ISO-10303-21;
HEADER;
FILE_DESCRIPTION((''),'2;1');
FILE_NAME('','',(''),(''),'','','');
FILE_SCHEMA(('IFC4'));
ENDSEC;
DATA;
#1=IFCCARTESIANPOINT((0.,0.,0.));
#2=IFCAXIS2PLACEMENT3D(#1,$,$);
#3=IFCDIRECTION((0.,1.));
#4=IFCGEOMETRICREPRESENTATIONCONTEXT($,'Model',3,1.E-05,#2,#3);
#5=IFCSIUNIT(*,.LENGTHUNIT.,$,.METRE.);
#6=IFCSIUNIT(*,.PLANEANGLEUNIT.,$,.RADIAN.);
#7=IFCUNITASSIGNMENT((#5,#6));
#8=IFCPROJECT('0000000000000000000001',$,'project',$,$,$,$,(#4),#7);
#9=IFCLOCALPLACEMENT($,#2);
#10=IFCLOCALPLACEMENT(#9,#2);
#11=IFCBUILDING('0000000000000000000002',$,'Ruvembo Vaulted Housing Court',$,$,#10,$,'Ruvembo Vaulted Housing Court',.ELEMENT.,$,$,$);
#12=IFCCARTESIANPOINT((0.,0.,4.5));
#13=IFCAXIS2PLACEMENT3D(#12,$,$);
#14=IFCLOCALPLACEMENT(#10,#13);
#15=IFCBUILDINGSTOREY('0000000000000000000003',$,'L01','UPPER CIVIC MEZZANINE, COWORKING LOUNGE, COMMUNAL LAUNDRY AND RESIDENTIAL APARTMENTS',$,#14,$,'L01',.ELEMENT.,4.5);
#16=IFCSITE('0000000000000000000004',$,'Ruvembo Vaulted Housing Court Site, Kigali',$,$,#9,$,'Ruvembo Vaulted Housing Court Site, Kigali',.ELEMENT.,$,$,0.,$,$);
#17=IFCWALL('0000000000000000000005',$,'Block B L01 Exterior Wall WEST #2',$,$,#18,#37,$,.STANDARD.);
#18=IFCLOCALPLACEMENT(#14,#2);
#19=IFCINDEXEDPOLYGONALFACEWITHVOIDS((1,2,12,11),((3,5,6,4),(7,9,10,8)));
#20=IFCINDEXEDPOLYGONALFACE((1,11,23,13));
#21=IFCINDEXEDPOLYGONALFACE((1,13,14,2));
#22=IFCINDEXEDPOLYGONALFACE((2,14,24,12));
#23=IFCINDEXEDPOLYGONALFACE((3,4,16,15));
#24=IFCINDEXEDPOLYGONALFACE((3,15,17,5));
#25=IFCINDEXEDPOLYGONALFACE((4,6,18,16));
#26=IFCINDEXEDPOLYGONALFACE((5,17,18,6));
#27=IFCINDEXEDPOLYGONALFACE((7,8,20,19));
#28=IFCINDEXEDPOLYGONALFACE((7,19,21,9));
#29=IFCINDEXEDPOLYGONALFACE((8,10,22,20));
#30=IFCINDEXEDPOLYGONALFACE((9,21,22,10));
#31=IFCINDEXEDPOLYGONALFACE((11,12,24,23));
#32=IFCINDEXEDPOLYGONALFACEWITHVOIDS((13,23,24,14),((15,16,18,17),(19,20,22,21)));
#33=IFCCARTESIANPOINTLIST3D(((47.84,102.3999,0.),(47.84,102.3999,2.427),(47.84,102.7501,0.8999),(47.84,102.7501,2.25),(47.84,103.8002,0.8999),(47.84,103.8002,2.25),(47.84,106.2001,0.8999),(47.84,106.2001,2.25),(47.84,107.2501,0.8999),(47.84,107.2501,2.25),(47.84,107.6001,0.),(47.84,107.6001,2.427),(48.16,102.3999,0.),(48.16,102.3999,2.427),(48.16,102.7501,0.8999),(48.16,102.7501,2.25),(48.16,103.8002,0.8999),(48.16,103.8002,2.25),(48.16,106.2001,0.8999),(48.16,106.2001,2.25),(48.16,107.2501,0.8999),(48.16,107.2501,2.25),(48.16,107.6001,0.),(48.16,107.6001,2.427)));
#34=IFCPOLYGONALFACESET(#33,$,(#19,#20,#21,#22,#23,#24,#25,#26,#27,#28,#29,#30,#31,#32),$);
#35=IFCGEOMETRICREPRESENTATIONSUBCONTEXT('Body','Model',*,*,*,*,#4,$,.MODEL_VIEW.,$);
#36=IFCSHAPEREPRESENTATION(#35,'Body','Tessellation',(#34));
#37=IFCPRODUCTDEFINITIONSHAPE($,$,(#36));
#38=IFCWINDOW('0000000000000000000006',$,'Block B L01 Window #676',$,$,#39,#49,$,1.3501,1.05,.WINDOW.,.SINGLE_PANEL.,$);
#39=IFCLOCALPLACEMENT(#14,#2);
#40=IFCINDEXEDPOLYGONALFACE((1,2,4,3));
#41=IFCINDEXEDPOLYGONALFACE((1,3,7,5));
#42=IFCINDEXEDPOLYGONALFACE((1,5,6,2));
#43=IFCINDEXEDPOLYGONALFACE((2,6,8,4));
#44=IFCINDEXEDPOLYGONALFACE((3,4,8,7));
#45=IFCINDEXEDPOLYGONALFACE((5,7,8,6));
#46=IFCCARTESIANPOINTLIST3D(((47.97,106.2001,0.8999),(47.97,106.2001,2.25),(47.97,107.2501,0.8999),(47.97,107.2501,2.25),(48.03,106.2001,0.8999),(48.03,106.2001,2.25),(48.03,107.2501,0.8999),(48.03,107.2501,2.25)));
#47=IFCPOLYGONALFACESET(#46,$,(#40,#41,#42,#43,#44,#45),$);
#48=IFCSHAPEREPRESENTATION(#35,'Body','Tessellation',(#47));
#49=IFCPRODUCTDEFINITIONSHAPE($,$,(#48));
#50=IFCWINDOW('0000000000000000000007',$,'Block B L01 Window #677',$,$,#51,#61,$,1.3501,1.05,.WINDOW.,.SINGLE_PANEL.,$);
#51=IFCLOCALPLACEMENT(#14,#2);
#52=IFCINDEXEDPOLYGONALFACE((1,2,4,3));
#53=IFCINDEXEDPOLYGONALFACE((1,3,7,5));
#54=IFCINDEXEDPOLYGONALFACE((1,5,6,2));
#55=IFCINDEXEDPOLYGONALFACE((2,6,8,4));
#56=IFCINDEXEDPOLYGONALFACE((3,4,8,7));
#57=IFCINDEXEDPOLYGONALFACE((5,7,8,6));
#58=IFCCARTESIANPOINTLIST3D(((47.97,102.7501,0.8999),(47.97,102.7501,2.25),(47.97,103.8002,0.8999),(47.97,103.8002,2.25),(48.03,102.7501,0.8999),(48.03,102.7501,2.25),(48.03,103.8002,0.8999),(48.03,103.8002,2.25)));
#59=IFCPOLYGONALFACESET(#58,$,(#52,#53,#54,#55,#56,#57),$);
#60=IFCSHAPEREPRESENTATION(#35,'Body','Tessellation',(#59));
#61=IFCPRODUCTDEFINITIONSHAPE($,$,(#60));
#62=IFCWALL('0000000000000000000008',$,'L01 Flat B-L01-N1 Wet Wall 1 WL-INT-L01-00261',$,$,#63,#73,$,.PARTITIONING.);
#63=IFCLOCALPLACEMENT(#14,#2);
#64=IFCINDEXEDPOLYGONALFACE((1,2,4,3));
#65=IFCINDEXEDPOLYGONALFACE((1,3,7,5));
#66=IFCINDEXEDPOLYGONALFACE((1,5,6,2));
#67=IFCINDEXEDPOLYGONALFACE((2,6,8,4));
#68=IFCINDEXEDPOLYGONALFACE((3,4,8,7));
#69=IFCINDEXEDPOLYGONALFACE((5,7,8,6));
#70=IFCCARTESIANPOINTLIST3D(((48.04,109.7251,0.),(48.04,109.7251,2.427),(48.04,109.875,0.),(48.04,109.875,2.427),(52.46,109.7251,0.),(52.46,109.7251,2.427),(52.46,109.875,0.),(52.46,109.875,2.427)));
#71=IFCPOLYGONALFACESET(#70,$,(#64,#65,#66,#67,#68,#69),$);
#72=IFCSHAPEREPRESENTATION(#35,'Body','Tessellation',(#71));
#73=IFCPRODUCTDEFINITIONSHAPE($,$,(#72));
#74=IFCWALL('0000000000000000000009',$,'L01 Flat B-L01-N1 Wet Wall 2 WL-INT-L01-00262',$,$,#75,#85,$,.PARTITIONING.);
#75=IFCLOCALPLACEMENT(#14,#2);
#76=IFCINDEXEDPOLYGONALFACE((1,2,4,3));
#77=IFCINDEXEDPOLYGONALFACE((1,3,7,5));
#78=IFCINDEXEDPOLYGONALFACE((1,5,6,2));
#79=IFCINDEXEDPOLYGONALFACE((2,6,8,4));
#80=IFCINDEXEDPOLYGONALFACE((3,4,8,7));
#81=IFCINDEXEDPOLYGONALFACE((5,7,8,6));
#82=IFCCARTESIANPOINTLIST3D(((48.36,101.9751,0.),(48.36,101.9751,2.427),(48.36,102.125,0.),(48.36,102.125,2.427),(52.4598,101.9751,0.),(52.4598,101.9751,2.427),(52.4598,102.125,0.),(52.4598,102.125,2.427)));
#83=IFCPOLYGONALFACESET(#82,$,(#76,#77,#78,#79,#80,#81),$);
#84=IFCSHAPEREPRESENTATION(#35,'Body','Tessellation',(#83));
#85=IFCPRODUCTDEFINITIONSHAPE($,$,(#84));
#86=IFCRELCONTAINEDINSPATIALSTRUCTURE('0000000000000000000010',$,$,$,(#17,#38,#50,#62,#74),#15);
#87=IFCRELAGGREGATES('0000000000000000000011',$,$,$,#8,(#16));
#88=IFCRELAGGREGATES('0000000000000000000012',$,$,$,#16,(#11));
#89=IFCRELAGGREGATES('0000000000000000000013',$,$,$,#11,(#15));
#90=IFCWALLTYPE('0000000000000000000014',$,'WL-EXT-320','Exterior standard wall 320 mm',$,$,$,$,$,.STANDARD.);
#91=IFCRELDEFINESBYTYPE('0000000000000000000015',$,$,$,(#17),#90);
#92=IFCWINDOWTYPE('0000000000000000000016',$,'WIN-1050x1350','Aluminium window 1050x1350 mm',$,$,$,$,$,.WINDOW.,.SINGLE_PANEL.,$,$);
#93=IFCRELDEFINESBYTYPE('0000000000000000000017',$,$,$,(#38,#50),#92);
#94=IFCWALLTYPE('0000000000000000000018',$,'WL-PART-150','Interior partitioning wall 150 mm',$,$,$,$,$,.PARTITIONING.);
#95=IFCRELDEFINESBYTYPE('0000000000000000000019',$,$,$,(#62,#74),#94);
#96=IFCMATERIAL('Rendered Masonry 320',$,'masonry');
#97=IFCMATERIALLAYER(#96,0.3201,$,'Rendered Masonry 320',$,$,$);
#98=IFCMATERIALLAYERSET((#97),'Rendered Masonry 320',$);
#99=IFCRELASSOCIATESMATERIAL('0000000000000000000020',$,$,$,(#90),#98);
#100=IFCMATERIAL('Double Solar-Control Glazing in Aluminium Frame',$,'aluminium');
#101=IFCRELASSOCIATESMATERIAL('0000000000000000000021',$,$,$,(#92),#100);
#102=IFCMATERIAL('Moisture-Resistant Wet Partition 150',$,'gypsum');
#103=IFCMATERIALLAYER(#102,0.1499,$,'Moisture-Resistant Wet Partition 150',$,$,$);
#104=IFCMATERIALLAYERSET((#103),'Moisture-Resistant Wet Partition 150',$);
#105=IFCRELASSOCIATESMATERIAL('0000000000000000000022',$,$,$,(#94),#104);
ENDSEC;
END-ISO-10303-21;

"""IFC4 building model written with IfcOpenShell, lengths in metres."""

from ifc_helpers import new_model, si_unit, direction, frame, frame_2d, origin, place, context, subcontext, project, spatial, rectangle, extrude, material, layer, layer_set, type_object, element, fill, save


model = new_model("IFC4")

# Units and contexts
model_context = context("Model", 3, precision=1e-05, world=origin(), true_north=direction((0.0, 1.0)))
body_context = subcontext(model_context, "Body", "Model", "MODEL_VIEW")
ifc_project = project(units=[si_unit("LENGTHUNIT", "METRE"), si_unit("PLANEANGLEUNIT", "RADIAN")], contexts=[model_context])

# Site, building, storey
site_placement = place(None, origin())
site = spatial("IfcSite", under=ifc_project, at=site_placement, Name="Ruvembo Vaulted Housing Court Site, Kigali", LongName="Ruvembo Vaulted Housing Court Site, Kigali", CompositionType="ELEMENT", RefElevation=0.0)
building_placement = place(site_placement, origin())
building = spatial("IfcBuilding", under=site, at=building_placement, Name="Ruvembo Vaulted Housing Court", LongName="Ruvembo Vaulted Housing Court", CompositionType="ELEMENT")
storey_placement = place(building_placement, frame((0.0, 0.0, 4.5)))
storey = spatial("IfcBuildingStorey", under=building, at=storey_placement, Name="L01", Description="UPPER CIVIC MEZZANINE, COWORKING LOUNGE, COMMUNAL LAUNDRY AND RESIDENTIAL APARTMENTS", LongName="L01", CompositionType="ELEMENT", Elevation=4.5)

# Wall, openings, windows
ifc_material_1 = material(Name="Rendered Masonry 320", Category="masonry")
ifc_layer_1 = layer(ifc_material_1, 0.3201, Name="Rendered Masonry 320")
ifc_layer_set_1 = layer_set([ifc_layer_1], Name="Rendered Masonry 320")
wall_type_1 = type_object("IfcWallType", Name="WL-EXT-320", Description="Exterior standard wall 320 mm", PredefinedType="STANDARD", material=ifc_layer_set_1)
ifc_material_2 = material(Name="Double Solar-Control Glazing in Aluminium Frame", Category="aluminium")
wall_1_placement = place(storey_placement, frame((48.0, 107.6001, 0.0), z_axis=(0.0, 0.0, 1.0), x_axis=(0.0, -1.0, 0.0)))
wall_1 = element("IfcWall", 1, at=wall_1_placement, inside=storey, type_object=wall_type_1, Name="Block B L01 Exterior Wall WEST #2", PredefinedType="STANDARD", context=body_context, shape_type="SweptSolid", body=[
    extrude(rectangle(XDim=5.2002, YDim=0.3201, at=frame_2d((2.6001, 0.0))), origin(), (0.0, 0.0, 1.0), 2.427),
])
opening_1_placement = place(wall_1_placement, frame((0.3501, 0.0, 0.8999)))
opening_1 = element("IfcOpeningElement", 2, at=opening_1_placement, cuts=wall_1, PredefinedType="OPENING", context=body_context, shape_type="SweptSolid", body=[
    extrude(rectangle(XDim=1.05, YDim=1.3501, at=frame_2d((0.5249, 0.675))), frame((0.0, 0.1699, 0.0), z_axis=(0.0, -1.0, 0.0), x_axis=(1.0, 0.0, 0.0)), (0.0, 0.0, 1.0), 0.3401),
])
opening_2_placement = place(wall_1_placement, frame((3.8, 0.0, 0.8999)))
opening_2 = element("IfcOpeningElement", 3, at=opening_2_placement, cuts=wall_1, PredefinedType="OPENING", context=body_context, shape_type="SweptSolid", body=[
    extrude(rectangle(XDim=1.05, YDim=1.3501, at=frame_2d((0.5249, 0.675))), frame((0.0, 0.1699, 0.0), z_axis=(0.0, -1.0, 0.0), x_axis=(1.0, 0.0, 0.0)), (0.0, 0.0, 1.0), 0.3401),
])
window_type_1 = type_object("IfcWindowType", Name="WIN-1050x1350", Description="Aluminium window 1050x1350 mm", PartitioningType="SINGLE_PANEL", PredefinedType="WINDOW", material=ifc_material_2)
window_1_placement = place(opening_1_placement, origin())
window_1 = element("IfcWindow", 4, at=window_1_placement, inside=storey, type_object=window_type_1, Name="Block B L01 Window #676", OverallHeight=1.3501, OverallWidth=1.05, PartitioningType="SINGLE_PANEL", PredefinedType="WINDOW", context=body_context, shape_type="SweptSolid", body=[
    extrude(rectangle(XDim=1.05, YDim=1.3501, at=frame_2d((0.5249, 0.675))), frame((0.0, 0.03, 0.0), z_axis=(0.0, -1.0, 0.0), x_axis=(1.0, 0.0, 0.0)), (0.0, 0.0, 1.0), 0.0601),
])
fill(opening_1, window_1)
window_2_placement = place(opening_2_placement, origin())
window_2 = element("IfcWindow", 5, at=window_2_placement, inside=storey, type_object=window_type_1, Name="Block B L01 Window #677", OverallHeight=1.3501, OverallWidth=1.05, PartitioningType="SINGLE_PANEL", PredefinedType="WINDOW", context=body_context, shape_type="SweptSolid", body=[
    extrude(rectangle(XDim=1.05, YDim=1.3501, at=frame_2d((0.5249, 0.675))), frame((0.0, 0.03, 0.0), z_axis=(0.0, -1.0, 0.0), x_axis=(1.0, 0.0, 0.0)), (0.0, 0.0, 1.0), 0.0601),
])
fill(opening_2, window_2)

# Walls
ifc_material_3 = material(Name="Moisture-Resistant Wet Partition 150", Category="gypsum")
ifc_layer_2 = layer(ifc_material_3, 0.1499, Name="Moisture-Resistant Wet Partition 150")
ifc_layer_set_2 = layer_set([ifc_layer_2], Name="Moisture-Resistant Wet Partition 150")
wall_type_2 = type_object("IfcWallType", Name="WL-PART-150", Description="Interior partitioning wall 150 mm", PredefinedType="PARTITIONING", material=ifc_layer_set_2)
wall_2_placement = place(storey_placement, frame((48.04, 109.8, 0.0), z_axis=(0.0, 0.0, 1.0), x_axis=(1.0, 0.0, 0.0)))
element("IfcWall", 6, at=wall_2_placement, inside=storey, type_object=wall_type_2, Name="L01 Flat B-L01-N1 Wet Wall 1 WL-INT-L01-00261", PredefinedType="PARTITIONING", context=body_context, shape_type="SweptSolid", body=[
    extrude(rectangle(XDim=4.4199, YDim=0.1499, at=frame_2d((2.21, 0.0))), origin(), (0.0, 0.0, 1.0), 2.427),
])
wall_3_placement = place(storey_placement, frame((48.3601, 102.05, 0.0), z_axis=(0.0, 0.0, 1.0), x_axis=(1.0, 0.0, 0.0)))
element("IfcWall", 7, at=wall_3_placement, inside=storey, type_object=wall_type_2, Name="L01 Flat B-L01-N1 Wet Wall 2 WL-INT-L01-00262", PredefinedType="PARTITIONING", context=body_context, shape_type="SweptSolid", body=[
    extrude(rectangle(XDim=4.0999, YDim=0.1499, at=frame_2d((2.0498, 0.0))), origin(), (0.0, 0.0, 1.0), 2.427),
])

save(model, "model.ifc")
